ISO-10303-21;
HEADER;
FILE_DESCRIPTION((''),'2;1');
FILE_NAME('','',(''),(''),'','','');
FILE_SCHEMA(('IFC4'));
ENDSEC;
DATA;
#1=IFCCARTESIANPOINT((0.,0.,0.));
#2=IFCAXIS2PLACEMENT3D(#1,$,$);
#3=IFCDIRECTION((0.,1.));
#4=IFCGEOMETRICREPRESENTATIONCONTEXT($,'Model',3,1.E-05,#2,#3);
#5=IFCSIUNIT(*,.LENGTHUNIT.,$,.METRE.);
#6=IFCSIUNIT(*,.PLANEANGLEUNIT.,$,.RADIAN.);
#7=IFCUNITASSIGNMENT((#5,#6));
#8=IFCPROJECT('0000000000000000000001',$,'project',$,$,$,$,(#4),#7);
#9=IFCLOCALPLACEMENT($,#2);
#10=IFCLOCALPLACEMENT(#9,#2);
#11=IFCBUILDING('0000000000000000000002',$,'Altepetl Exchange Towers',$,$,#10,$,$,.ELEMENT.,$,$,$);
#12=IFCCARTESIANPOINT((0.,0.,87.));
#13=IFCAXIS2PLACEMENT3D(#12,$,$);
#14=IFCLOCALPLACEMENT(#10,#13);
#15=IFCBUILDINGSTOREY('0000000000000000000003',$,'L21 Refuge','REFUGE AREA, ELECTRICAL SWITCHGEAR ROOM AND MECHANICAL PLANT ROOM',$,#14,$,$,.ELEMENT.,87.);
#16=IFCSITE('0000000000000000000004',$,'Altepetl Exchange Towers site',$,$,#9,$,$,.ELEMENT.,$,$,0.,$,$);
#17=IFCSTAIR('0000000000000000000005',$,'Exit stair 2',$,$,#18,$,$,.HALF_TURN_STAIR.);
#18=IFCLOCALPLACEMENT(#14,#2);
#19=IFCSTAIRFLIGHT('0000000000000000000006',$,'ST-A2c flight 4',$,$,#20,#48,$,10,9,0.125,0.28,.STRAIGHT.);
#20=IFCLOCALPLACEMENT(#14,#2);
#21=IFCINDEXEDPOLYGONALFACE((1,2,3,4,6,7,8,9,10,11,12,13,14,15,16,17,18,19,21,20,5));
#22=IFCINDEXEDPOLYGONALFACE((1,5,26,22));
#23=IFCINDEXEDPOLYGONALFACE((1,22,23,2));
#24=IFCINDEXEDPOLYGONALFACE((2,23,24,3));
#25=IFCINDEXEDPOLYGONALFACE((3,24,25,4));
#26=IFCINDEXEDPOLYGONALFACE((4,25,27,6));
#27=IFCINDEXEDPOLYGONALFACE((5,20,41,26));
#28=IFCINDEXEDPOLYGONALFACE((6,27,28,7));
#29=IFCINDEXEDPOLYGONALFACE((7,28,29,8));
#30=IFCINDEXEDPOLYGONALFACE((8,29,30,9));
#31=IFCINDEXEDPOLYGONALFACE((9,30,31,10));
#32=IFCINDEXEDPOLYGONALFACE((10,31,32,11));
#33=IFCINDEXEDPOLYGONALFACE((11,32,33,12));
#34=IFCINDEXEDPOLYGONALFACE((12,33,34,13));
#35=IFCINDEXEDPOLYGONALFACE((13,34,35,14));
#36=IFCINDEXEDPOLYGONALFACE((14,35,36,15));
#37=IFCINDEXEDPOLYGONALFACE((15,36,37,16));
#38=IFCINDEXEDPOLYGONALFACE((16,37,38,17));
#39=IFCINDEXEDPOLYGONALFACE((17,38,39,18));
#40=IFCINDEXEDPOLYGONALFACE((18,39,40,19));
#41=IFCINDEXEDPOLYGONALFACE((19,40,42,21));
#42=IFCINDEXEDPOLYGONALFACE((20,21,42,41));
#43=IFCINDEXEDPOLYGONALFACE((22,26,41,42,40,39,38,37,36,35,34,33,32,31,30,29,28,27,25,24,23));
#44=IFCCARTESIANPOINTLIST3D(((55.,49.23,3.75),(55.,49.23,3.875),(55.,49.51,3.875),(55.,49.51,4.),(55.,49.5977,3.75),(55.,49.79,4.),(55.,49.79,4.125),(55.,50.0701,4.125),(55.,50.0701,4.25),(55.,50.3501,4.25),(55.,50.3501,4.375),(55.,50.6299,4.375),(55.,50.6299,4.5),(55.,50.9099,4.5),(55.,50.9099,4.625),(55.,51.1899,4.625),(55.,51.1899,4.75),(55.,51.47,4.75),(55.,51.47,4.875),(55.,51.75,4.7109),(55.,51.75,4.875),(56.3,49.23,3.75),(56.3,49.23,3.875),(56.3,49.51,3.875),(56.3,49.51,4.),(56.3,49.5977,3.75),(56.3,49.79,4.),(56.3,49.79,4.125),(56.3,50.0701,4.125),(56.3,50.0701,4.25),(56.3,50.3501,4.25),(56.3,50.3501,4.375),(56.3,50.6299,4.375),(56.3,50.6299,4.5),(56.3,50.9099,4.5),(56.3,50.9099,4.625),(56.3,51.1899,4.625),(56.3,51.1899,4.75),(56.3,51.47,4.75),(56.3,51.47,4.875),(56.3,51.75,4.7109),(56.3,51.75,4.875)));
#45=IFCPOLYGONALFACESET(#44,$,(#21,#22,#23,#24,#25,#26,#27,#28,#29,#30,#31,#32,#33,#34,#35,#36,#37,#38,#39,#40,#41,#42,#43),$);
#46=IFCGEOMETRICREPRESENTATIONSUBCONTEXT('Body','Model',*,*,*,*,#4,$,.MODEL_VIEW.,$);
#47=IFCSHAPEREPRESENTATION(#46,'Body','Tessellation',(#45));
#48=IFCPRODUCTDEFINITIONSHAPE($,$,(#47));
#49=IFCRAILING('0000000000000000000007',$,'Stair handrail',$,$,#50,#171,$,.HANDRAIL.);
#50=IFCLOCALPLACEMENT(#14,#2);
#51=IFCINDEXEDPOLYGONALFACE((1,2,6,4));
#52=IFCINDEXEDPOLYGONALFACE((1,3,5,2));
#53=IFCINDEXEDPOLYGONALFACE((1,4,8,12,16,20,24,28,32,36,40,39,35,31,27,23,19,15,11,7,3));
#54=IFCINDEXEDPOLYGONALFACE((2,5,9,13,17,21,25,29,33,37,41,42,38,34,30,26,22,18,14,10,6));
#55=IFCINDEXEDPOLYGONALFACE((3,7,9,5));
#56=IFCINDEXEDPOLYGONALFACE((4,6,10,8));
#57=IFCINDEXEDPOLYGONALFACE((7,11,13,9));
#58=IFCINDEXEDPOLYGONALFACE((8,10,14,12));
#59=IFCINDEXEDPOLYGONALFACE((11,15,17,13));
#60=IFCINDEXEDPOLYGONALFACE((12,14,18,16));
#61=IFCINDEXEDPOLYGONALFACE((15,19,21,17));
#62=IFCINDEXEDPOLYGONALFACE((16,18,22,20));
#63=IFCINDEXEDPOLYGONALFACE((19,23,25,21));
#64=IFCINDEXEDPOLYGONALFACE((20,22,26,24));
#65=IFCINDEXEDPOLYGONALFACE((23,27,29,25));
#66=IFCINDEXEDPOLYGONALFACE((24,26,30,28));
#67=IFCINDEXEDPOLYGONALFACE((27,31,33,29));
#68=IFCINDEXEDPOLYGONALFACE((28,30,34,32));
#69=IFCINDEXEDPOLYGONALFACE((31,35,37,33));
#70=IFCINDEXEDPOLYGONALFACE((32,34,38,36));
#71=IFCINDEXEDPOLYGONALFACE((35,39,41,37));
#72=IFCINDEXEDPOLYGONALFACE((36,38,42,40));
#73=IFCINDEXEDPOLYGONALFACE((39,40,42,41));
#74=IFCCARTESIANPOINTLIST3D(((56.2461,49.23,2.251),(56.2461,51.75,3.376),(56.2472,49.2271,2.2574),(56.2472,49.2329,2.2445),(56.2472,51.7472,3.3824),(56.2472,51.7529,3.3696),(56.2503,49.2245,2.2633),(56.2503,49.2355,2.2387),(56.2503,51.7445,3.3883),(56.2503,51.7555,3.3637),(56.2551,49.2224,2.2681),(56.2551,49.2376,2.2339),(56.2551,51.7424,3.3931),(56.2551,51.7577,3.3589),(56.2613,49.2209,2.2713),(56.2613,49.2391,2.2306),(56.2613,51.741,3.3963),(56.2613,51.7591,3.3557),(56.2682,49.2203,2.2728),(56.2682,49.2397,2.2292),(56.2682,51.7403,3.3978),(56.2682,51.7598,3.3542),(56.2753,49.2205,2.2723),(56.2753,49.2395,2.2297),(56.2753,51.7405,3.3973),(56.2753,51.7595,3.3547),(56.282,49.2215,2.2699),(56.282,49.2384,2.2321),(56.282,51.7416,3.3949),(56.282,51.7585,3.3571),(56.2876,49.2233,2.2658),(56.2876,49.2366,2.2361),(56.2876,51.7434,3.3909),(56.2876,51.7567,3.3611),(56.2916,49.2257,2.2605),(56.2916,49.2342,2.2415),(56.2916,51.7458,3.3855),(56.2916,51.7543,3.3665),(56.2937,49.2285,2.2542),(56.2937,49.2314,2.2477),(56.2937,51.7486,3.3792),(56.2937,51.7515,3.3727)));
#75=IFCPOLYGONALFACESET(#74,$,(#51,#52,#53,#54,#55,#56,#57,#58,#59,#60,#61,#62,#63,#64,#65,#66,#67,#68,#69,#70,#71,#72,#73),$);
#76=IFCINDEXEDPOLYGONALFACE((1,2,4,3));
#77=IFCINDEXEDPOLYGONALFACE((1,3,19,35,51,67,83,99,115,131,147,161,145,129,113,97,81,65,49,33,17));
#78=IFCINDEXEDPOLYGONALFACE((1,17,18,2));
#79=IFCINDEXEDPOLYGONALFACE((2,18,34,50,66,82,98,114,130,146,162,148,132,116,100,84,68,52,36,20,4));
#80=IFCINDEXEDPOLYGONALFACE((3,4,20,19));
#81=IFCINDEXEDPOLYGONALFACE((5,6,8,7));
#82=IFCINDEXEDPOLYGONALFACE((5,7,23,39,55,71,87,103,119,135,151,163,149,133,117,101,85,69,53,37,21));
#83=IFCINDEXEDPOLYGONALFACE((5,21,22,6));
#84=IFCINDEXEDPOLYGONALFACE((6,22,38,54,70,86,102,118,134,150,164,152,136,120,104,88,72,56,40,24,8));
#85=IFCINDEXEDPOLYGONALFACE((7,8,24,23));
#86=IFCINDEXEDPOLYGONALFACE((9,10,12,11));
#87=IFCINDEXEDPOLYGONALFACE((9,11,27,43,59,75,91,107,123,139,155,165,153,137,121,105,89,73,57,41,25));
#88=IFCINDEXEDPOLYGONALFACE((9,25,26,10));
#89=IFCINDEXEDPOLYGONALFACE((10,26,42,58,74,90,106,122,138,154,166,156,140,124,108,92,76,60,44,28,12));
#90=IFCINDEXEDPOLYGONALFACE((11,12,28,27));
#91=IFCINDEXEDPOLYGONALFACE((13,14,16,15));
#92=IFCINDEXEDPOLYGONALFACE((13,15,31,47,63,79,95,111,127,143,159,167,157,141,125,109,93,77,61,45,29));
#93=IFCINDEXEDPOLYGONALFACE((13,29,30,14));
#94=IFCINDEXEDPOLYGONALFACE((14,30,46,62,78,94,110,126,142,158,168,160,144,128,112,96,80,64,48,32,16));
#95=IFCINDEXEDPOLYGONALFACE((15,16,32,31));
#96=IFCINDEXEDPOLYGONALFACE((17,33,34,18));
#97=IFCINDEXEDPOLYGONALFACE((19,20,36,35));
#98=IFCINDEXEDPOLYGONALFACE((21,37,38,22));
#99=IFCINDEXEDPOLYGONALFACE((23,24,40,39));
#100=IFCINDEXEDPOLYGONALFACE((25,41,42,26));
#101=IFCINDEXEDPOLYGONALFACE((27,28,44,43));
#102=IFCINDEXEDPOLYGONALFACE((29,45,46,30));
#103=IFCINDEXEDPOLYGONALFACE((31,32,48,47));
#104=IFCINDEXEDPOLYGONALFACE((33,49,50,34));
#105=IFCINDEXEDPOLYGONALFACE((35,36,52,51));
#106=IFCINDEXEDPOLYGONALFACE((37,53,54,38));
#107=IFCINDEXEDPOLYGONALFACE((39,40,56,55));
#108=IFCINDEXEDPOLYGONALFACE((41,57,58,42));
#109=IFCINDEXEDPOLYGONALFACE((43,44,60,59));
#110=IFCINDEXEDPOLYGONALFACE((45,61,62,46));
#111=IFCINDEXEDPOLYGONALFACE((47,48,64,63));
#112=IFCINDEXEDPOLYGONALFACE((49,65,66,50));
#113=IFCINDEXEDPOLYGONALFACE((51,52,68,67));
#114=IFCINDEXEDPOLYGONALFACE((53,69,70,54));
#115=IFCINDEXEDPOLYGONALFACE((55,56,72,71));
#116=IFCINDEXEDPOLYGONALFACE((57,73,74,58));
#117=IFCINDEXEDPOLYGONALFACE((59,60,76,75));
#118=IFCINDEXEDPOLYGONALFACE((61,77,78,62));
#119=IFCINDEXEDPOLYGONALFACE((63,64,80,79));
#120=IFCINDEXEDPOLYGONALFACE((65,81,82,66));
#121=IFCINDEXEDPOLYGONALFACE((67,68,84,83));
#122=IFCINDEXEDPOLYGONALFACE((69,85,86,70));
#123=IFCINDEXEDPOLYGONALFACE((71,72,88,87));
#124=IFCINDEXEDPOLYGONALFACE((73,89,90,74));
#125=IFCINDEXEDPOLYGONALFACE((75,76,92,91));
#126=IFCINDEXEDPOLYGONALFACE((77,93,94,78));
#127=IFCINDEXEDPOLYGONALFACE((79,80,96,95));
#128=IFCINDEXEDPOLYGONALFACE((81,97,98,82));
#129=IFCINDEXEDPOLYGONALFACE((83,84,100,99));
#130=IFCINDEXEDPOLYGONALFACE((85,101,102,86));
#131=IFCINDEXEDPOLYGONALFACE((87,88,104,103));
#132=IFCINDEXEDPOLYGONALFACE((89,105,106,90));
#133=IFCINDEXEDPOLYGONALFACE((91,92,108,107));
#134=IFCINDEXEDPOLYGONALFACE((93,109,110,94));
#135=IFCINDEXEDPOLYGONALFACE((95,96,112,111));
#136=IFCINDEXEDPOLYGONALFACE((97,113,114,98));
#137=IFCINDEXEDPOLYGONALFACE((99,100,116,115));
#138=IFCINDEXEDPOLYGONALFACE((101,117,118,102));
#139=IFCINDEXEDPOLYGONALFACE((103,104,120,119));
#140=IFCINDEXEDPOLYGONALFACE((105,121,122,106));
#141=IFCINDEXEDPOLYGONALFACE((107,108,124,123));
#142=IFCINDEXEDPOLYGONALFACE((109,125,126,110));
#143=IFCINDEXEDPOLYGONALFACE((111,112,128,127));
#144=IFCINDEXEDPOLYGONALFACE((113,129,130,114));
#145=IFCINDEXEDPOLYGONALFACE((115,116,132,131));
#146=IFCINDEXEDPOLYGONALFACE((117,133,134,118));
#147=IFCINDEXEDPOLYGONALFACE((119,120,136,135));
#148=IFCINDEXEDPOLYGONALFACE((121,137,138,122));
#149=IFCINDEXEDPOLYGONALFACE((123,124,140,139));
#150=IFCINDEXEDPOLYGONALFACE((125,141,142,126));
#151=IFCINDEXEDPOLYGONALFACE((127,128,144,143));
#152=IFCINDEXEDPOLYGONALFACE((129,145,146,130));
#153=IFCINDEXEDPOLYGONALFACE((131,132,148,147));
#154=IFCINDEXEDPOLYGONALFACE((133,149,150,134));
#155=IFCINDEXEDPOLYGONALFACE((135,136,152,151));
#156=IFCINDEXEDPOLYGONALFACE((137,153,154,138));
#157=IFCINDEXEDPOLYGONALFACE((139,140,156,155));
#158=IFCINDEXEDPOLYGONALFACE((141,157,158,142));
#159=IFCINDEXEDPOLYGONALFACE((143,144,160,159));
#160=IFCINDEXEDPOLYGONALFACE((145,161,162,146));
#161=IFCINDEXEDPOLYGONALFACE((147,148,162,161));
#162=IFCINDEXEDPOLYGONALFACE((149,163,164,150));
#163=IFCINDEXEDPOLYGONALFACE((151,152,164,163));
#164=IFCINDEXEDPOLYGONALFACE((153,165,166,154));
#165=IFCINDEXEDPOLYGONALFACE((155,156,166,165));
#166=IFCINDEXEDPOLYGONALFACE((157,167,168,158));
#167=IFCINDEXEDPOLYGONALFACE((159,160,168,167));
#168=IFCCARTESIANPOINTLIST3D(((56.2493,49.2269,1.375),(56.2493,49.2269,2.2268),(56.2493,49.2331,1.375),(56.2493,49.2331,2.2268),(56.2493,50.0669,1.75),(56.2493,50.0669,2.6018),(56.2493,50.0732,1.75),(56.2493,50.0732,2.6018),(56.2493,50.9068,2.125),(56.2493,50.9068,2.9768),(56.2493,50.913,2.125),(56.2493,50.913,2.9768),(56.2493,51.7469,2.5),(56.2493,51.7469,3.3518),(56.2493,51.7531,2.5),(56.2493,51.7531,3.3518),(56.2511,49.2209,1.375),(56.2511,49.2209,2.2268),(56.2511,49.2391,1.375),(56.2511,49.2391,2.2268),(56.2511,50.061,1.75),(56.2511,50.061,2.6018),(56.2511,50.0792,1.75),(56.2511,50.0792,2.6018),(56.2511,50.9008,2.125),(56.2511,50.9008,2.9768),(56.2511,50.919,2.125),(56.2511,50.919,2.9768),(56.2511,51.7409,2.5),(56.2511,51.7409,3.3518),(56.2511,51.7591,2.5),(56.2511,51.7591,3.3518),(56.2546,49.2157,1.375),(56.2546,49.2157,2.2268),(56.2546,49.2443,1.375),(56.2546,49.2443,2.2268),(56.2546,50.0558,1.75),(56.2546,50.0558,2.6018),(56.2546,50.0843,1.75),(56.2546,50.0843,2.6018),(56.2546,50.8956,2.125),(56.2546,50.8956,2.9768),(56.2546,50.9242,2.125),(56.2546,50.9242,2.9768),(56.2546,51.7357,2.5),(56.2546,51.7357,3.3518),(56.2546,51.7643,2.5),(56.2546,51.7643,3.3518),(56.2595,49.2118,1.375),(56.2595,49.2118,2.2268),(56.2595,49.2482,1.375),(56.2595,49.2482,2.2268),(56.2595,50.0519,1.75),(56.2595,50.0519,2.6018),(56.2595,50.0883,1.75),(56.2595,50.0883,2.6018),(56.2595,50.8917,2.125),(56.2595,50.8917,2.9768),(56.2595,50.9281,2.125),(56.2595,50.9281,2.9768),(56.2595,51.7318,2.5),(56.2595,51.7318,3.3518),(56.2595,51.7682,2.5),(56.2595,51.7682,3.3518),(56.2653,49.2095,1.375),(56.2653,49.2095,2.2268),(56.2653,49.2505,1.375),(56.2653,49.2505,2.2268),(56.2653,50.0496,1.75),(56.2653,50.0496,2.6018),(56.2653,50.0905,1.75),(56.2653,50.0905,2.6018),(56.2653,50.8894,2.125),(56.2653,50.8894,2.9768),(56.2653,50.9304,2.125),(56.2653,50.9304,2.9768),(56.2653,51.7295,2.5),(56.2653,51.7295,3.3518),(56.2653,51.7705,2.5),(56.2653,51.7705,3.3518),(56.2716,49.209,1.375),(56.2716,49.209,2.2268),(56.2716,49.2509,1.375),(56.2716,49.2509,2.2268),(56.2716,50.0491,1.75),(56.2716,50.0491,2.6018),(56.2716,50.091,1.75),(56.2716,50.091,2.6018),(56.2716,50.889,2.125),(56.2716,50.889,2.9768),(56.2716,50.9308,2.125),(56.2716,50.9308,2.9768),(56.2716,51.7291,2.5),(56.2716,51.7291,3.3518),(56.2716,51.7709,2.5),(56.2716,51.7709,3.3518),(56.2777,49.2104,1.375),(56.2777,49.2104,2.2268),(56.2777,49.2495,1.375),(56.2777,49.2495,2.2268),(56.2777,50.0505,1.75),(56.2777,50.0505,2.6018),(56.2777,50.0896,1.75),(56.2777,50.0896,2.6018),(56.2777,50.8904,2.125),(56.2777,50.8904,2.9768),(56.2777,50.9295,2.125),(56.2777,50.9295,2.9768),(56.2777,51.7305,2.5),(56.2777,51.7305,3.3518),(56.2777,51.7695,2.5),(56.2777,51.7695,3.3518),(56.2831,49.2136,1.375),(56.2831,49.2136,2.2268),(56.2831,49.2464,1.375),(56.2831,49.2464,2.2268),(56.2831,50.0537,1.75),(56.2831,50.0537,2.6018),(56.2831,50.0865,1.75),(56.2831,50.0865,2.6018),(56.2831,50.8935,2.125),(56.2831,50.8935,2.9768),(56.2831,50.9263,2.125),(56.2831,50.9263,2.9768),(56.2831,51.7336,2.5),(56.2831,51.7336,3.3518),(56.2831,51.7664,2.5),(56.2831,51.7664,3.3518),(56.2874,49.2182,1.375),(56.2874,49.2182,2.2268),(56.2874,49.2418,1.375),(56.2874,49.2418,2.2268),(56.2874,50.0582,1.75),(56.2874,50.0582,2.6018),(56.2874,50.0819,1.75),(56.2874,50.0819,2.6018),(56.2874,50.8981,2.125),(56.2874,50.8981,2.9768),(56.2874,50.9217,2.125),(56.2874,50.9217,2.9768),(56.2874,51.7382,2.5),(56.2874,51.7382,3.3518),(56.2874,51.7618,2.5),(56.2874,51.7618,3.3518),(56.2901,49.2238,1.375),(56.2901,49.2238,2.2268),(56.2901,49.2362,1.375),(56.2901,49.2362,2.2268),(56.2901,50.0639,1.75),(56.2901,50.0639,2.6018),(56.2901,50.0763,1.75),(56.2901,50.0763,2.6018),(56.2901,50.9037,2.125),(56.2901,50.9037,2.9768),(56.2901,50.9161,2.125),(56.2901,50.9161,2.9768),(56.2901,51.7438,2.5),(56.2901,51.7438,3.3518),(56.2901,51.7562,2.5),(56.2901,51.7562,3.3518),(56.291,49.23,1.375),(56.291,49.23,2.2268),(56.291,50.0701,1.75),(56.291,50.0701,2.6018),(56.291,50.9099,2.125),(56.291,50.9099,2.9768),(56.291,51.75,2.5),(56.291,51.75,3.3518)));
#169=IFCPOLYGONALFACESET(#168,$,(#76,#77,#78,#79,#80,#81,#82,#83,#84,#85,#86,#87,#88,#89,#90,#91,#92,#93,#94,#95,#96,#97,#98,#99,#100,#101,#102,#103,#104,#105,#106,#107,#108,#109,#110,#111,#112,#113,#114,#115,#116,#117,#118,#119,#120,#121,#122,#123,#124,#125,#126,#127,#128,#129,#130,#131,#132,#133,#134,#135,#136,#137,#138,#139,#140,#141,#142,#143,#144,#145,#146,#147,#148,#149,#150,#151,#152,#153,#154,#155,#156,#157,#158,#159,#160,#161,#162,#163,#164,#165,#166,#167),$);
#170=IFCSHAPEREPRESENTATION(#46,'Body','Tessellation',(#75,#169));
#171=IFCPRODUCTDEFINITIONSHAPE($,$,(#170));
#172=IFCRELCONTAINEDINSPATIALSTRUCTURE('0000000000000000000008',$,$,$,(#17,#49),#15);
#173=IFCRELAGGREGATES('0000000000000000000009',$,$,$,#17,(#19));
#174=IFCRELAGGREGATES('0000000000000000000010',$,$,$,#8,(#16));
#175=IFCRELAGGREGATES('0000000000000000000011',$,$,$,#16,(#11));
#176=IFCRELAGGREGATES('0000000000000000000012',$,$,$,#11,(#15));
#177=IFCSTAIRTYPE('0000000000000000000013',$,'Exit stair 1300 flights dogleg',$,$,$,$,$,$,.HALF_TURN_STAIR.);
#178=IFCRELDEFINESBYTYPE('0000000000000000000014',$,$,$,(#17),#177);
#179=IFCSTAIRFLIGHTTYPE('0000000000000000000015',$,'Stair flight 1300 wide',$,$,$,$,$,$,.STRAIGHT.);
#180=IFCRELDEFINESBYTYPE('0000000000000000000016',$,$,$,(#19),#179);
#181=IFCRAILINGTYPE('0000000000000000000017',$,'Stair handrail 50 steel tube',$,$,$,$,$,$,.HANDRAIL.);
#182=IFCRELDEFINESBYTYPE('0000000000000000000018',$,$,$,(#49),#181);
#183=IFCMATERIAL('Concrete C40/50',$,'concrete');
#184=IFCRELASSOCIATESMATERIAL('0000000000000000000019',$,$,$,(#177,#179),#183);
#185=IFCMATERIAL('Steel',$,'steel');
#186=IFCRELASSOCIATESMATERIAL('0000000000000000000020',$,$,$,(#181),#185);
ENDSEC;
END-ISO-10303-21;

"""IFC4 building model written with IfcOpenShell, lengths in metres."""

from ifc_helpers import new_model, si_unit, direction, frame, origin, origin_2d, place, context, subcontext, project, spatial, polyline, circle, outline, extrude, source, transform, mapped, material, type_object, element, aggregate, save


model = new_model("IFC4")

# Units and contexts
model_context = context("Model", 3, precision=1e-05, world=origin(), true_north=direction((0.0, 1.0)))
body_context = subcontext(model_context, "Body", "Model", "MODEL_VIEW")
ifc_project = project(units=[si_unit("LENGTHUNIT", "METRE"), si_unit("PLANEANGLEUNIT", "RADIAN")], contexts=[model_context])

# Site, building, storey
site_placement = place(None, origin())
site = spatial("IfcSite", under=ifc_project, at=site_placement, Name="Altepetl Exchange Towers site", CompositionType="ELEMENT", RefElevation=0.0)
building_placement = place(site_placement, origin())
building = spatial("IfcBuilding", under=site, at=building_placement, Name="Altepetl Exchange Towers", CompositionType="ELEMENT")
storey_placement = place(building_placement, frame((0.0, 0.0, 87.0)))
storey = spatial("IfcBuildingStorey", under=building, at=storey_placement, Name="L21 Refuge", Description="REFUGE AREA, ELECTRICAL SWITCHGEAR ROOM AND MECHANICAL PLANT ROOM", CompositionType="ELEMENT", Elevation=87.0)

# Shared definitions
ifc_material_1 = material(Name="Concrete C40/50", Category="concrete")

# Stair, stair flight
stair_type = type_object("IfcStairType", Name="Exit stair 1300 flights dogleg", PredefinedType="HALF_TURN_STAIR", material=ifc_material_1)
stair_placement = place(storey_placement, origin())
stair = element("IfcStair", 1, at=stair_placement, inside=storey, type_object=stair_type, Name="Exit stair 2", PredefinedType="HALF_TURN_STAIR")
stair_flight_type = type_object("IfcStairFlightType", Name="Stair flight 1300 wide", PredefinedType="STRAIGHT", material=ifc_material_1)
stair_flight_1_placement = place(storey_placement, frame((55.6499, 49.23, 3.75), z_axis=(0.0, 0.0, 1.0), x_axis=(0.0, 1.0, 0.0)))
stair_flight_1 = element("IfcStairFlight", 2, at=stair_flight_1_placement, type_object=stair_flight_type, Name="ST-A2c flight 4", NumberOfRisers=10, NumberOfTreads=9, PredefinedType="STRAIGHT", RiserHeight=0.125, TreadLength=0.28, context=body_context, shape_type="SweptSolid", body=[
    extrude(outline(polyline([(0.0, 0.0), (0.0, 0.125), (0.28, 0.125), (0.28, 0.25), (0.5601, 0.25), (0.5601, 0.375), (0.8401, 0.375), (0.8401, 0.5), (1.1201, 0.5), (1.1201, 0.625), (1.3999, 0.625), (1.3999, 0.75), (1.6799, 0.75), (1.6799, 0.875), (1.96, 0.875), (1.96, 1.0), (2.24, 1.0), (2.24, 1.125), (2.52, 1.125), (2.52, 1.25), (2.52, 0.9609), (0.3677, 0.0), (0.0, 0.0)])), frame((0.0, 0.6499, 0.0), z_axis=(0.0, -1.0, 0.0), x_axis=(1.0, 0.0, 0.0)), (0.0, 0.0, 1.0), 1.3),
])
aggregate(stair, [stair_flight_1])

# Railing
ifc_material_2 = material(Name="Steel", Category="steel")
railing_type = type_object("IfcRailingType", Name="Stair handrail 50 steel tube", PredefinedType="HANDRAIL", material=ifc_material_2)
shared_shape = source(origin(), body_context, "Body", "SweptSolid", [
    extrude(circle(Radius=0.021, at=origin_2d()), origin(), (0.0, 0.0, 1.0), 0.8518),
])
for number, where, name in (
    (3, (56.27, 49.23, 1.375), "Stair handrail"),
):
    element("IfcRailing", number, at=place(storey_placement, frame(where)), inside=storey, type_object=railing_type, Name=name, PredefinedType="HANDRAIL", context=body_context, shape_type="SweptSolid", body=[
        extrude(circle(Radius=0.0239, at=origin_2d()), frame((0.0, 0.0, 0.876), z_axis=(0.0, 0.913139, 0.407648), x_axis=(-1.0, 0.0, 0.0)), (0.0, 0.0, 1.0), 2.7598),
        mapped(shared_shape, transform((0.0, 0.0, 0.0))),
        mapped(shared_shape, transform((0.0, 0.8401, 0.375))),
        mapped(shared_shape, transform((0.0, 1.6799, 0.75))),
        mapped(shared_shape, transform((0.0, 2.52, 1.125))),
    ])

save(model, "model.ifc")
